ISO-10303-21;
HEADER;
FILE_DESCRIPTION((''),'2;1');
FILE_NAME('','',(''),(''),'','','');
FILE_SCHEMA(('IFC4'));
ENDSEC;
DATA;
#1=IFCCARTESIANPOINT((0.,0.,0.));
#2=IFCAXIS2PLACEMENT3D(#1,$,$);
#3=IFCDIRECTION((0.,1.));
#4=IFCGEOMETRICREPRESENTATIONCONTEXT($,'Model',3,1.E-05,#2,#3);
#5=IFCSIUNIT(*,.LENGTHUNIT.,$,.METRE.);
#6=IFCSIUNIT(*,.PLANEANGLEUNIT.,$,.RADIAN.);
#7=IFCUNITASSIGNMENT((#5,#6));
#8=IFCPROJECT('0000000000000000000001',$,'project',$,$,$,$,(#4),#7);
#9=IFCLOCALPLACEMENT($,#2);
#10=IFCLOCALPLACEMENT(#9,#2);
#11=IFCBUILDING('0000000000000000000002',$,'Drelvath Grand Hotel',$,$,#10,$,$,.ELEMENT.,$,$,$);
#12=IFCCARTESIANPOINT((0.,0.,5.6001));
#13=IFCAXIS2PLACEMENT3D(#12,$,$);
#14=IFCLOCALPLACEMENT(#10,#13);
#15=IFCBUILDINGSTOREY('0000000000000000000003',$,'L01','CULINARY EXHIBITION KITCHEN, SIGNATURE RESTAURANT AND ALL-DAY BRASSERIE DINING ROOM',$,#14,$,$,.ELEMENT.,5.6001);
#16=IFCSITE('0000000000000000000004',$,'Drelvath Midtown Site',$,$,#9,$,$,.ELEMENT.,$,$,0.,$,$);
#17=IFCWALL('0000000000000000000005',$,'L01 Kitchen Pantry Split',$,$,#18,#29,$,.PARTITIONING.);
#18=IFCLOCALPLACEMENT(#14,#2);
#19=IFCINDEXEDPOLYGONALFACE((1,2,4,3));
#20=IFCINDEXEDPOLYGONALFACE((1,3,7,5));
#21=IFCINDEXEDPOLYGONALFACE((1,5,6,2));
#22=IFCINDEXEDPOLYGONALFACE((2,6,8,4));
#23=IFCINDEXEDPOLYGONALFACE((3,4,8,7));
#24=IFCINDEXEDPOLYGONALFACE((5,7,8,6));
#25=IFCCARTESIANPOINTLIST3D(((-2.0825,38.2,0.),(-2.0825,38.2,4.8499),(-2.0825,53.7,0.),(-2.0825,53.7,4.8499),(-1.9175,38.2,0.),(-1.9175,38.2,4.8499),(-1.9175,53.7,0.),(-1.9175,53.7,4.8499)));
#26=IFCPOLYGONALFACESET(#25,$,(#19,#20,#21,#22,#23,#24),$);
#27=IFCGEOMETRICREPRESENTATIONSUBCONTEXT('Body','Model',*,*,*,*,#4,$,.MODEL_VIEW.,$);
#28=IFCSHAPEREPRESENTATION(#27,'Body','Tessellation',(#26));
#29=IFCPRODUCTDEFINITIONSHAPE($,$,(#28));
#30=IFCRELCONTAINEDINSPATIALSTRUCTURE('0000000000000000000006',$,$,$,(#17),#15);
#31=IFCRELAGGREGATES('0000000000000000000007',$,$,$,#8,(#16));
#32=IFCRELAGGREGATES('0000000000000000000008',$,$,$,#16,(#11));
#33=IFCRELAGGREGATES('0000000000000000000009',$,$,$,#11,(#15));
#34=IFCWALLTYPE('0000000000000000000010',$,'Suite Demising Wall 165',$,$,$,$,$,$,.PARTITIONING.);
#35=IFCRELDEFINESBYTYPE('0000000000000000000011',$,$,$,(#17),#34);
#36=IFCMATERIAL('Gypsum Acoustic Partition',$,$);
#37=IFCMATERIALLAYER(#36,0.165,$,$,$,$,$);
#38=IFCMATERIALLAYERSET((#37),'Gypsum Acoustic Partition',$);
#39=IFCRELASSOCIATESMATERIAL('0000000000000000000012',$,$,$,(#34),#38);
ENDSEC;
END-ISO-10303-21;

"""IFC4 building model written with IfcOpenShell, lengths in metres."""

from ifc_helpers import new_model, si_unit, direction, frame, frame_2d, origin, place, context, subcontext, project, spatial, rectangle, extrude, material, layer, layer_set, type_object, element, save


model = new_model("IFC4")

# Units and contexts
model_context = context("Model", 3, precision=1e-05, world=origin(), true_north=direction((0.0, 1.0)))
body_context = subcontext(model_context, "Body", "Model", "MODEL_VIEW")
ifc_project = project(units=[si_unit("LENGTHUNIT", "METRE"), si_unit("PLANEANGLEUNIT", "RADIAN")], contexts=[model_context])

# Site, building, storey
site_placement = place(None, origin())
site = spatial("IfcSite", under=ifc_project, at=site_placement, Name="Drelvath Midtown Site", CompositionType="ELEMENT", RefElevation=0.0)
building_placement = place(site_placement, origin())
building = spatial("IfcBuilding", under=site, at=building_placement, Name="Drelvath Grand Hotel", CompositionType="ELEMENT")
storey_placement = place(building_placement, frame((0.0, 0.0, 5.6001)))
storey = spatial("IfcBuildingStorey", under=building, at=storey_placement, Name="L01", Description="CULINARY EXHIBITION KITCHEN, SIGNATURE RESTAURANT AND ALL-DAY BRASSERIE DINING ROOM", CompositionType="ELEMENT", Elevation=5.6001)

# Wall
ifc_material_1 = material(Name="Gypsum Acoustic Partition")
ifc_layer_1 = layer(ifc_material_1, 0.165)
ifc_layer_set_1 = layer_set([ifc_layer_1], Name="Gypsum Acoustic Partition")
wall_type_1 = type_object("IfcWallType", Name="Suite Demising Wall 165", PredefinedType="PARTITIONING", material=ifc_layer_set_1)
wall_1_placement = place(storey_placement, frame((-2.0, 38.2, 0.0), z_axis=(0.0, 0.0, 1.0), x_axis=(0.0, 1.0, 0.0)))
element("IfcWall", 1, at=wall_1_placement, inside=storey, type_object=wall_type_1, Name="L01 Kitchen Pantry Split", PredefinedType="PARTITIONING", context=body_context, shape_type="SweptSolid", body=[
    extrude(rectangle(XDim=15.5, YDim=0.165, at=frame_2d((7.75, 0.0))), origin(), (0.0, 0.0, 1.0), 4.8499),
])

save(model, "model.ifc")
